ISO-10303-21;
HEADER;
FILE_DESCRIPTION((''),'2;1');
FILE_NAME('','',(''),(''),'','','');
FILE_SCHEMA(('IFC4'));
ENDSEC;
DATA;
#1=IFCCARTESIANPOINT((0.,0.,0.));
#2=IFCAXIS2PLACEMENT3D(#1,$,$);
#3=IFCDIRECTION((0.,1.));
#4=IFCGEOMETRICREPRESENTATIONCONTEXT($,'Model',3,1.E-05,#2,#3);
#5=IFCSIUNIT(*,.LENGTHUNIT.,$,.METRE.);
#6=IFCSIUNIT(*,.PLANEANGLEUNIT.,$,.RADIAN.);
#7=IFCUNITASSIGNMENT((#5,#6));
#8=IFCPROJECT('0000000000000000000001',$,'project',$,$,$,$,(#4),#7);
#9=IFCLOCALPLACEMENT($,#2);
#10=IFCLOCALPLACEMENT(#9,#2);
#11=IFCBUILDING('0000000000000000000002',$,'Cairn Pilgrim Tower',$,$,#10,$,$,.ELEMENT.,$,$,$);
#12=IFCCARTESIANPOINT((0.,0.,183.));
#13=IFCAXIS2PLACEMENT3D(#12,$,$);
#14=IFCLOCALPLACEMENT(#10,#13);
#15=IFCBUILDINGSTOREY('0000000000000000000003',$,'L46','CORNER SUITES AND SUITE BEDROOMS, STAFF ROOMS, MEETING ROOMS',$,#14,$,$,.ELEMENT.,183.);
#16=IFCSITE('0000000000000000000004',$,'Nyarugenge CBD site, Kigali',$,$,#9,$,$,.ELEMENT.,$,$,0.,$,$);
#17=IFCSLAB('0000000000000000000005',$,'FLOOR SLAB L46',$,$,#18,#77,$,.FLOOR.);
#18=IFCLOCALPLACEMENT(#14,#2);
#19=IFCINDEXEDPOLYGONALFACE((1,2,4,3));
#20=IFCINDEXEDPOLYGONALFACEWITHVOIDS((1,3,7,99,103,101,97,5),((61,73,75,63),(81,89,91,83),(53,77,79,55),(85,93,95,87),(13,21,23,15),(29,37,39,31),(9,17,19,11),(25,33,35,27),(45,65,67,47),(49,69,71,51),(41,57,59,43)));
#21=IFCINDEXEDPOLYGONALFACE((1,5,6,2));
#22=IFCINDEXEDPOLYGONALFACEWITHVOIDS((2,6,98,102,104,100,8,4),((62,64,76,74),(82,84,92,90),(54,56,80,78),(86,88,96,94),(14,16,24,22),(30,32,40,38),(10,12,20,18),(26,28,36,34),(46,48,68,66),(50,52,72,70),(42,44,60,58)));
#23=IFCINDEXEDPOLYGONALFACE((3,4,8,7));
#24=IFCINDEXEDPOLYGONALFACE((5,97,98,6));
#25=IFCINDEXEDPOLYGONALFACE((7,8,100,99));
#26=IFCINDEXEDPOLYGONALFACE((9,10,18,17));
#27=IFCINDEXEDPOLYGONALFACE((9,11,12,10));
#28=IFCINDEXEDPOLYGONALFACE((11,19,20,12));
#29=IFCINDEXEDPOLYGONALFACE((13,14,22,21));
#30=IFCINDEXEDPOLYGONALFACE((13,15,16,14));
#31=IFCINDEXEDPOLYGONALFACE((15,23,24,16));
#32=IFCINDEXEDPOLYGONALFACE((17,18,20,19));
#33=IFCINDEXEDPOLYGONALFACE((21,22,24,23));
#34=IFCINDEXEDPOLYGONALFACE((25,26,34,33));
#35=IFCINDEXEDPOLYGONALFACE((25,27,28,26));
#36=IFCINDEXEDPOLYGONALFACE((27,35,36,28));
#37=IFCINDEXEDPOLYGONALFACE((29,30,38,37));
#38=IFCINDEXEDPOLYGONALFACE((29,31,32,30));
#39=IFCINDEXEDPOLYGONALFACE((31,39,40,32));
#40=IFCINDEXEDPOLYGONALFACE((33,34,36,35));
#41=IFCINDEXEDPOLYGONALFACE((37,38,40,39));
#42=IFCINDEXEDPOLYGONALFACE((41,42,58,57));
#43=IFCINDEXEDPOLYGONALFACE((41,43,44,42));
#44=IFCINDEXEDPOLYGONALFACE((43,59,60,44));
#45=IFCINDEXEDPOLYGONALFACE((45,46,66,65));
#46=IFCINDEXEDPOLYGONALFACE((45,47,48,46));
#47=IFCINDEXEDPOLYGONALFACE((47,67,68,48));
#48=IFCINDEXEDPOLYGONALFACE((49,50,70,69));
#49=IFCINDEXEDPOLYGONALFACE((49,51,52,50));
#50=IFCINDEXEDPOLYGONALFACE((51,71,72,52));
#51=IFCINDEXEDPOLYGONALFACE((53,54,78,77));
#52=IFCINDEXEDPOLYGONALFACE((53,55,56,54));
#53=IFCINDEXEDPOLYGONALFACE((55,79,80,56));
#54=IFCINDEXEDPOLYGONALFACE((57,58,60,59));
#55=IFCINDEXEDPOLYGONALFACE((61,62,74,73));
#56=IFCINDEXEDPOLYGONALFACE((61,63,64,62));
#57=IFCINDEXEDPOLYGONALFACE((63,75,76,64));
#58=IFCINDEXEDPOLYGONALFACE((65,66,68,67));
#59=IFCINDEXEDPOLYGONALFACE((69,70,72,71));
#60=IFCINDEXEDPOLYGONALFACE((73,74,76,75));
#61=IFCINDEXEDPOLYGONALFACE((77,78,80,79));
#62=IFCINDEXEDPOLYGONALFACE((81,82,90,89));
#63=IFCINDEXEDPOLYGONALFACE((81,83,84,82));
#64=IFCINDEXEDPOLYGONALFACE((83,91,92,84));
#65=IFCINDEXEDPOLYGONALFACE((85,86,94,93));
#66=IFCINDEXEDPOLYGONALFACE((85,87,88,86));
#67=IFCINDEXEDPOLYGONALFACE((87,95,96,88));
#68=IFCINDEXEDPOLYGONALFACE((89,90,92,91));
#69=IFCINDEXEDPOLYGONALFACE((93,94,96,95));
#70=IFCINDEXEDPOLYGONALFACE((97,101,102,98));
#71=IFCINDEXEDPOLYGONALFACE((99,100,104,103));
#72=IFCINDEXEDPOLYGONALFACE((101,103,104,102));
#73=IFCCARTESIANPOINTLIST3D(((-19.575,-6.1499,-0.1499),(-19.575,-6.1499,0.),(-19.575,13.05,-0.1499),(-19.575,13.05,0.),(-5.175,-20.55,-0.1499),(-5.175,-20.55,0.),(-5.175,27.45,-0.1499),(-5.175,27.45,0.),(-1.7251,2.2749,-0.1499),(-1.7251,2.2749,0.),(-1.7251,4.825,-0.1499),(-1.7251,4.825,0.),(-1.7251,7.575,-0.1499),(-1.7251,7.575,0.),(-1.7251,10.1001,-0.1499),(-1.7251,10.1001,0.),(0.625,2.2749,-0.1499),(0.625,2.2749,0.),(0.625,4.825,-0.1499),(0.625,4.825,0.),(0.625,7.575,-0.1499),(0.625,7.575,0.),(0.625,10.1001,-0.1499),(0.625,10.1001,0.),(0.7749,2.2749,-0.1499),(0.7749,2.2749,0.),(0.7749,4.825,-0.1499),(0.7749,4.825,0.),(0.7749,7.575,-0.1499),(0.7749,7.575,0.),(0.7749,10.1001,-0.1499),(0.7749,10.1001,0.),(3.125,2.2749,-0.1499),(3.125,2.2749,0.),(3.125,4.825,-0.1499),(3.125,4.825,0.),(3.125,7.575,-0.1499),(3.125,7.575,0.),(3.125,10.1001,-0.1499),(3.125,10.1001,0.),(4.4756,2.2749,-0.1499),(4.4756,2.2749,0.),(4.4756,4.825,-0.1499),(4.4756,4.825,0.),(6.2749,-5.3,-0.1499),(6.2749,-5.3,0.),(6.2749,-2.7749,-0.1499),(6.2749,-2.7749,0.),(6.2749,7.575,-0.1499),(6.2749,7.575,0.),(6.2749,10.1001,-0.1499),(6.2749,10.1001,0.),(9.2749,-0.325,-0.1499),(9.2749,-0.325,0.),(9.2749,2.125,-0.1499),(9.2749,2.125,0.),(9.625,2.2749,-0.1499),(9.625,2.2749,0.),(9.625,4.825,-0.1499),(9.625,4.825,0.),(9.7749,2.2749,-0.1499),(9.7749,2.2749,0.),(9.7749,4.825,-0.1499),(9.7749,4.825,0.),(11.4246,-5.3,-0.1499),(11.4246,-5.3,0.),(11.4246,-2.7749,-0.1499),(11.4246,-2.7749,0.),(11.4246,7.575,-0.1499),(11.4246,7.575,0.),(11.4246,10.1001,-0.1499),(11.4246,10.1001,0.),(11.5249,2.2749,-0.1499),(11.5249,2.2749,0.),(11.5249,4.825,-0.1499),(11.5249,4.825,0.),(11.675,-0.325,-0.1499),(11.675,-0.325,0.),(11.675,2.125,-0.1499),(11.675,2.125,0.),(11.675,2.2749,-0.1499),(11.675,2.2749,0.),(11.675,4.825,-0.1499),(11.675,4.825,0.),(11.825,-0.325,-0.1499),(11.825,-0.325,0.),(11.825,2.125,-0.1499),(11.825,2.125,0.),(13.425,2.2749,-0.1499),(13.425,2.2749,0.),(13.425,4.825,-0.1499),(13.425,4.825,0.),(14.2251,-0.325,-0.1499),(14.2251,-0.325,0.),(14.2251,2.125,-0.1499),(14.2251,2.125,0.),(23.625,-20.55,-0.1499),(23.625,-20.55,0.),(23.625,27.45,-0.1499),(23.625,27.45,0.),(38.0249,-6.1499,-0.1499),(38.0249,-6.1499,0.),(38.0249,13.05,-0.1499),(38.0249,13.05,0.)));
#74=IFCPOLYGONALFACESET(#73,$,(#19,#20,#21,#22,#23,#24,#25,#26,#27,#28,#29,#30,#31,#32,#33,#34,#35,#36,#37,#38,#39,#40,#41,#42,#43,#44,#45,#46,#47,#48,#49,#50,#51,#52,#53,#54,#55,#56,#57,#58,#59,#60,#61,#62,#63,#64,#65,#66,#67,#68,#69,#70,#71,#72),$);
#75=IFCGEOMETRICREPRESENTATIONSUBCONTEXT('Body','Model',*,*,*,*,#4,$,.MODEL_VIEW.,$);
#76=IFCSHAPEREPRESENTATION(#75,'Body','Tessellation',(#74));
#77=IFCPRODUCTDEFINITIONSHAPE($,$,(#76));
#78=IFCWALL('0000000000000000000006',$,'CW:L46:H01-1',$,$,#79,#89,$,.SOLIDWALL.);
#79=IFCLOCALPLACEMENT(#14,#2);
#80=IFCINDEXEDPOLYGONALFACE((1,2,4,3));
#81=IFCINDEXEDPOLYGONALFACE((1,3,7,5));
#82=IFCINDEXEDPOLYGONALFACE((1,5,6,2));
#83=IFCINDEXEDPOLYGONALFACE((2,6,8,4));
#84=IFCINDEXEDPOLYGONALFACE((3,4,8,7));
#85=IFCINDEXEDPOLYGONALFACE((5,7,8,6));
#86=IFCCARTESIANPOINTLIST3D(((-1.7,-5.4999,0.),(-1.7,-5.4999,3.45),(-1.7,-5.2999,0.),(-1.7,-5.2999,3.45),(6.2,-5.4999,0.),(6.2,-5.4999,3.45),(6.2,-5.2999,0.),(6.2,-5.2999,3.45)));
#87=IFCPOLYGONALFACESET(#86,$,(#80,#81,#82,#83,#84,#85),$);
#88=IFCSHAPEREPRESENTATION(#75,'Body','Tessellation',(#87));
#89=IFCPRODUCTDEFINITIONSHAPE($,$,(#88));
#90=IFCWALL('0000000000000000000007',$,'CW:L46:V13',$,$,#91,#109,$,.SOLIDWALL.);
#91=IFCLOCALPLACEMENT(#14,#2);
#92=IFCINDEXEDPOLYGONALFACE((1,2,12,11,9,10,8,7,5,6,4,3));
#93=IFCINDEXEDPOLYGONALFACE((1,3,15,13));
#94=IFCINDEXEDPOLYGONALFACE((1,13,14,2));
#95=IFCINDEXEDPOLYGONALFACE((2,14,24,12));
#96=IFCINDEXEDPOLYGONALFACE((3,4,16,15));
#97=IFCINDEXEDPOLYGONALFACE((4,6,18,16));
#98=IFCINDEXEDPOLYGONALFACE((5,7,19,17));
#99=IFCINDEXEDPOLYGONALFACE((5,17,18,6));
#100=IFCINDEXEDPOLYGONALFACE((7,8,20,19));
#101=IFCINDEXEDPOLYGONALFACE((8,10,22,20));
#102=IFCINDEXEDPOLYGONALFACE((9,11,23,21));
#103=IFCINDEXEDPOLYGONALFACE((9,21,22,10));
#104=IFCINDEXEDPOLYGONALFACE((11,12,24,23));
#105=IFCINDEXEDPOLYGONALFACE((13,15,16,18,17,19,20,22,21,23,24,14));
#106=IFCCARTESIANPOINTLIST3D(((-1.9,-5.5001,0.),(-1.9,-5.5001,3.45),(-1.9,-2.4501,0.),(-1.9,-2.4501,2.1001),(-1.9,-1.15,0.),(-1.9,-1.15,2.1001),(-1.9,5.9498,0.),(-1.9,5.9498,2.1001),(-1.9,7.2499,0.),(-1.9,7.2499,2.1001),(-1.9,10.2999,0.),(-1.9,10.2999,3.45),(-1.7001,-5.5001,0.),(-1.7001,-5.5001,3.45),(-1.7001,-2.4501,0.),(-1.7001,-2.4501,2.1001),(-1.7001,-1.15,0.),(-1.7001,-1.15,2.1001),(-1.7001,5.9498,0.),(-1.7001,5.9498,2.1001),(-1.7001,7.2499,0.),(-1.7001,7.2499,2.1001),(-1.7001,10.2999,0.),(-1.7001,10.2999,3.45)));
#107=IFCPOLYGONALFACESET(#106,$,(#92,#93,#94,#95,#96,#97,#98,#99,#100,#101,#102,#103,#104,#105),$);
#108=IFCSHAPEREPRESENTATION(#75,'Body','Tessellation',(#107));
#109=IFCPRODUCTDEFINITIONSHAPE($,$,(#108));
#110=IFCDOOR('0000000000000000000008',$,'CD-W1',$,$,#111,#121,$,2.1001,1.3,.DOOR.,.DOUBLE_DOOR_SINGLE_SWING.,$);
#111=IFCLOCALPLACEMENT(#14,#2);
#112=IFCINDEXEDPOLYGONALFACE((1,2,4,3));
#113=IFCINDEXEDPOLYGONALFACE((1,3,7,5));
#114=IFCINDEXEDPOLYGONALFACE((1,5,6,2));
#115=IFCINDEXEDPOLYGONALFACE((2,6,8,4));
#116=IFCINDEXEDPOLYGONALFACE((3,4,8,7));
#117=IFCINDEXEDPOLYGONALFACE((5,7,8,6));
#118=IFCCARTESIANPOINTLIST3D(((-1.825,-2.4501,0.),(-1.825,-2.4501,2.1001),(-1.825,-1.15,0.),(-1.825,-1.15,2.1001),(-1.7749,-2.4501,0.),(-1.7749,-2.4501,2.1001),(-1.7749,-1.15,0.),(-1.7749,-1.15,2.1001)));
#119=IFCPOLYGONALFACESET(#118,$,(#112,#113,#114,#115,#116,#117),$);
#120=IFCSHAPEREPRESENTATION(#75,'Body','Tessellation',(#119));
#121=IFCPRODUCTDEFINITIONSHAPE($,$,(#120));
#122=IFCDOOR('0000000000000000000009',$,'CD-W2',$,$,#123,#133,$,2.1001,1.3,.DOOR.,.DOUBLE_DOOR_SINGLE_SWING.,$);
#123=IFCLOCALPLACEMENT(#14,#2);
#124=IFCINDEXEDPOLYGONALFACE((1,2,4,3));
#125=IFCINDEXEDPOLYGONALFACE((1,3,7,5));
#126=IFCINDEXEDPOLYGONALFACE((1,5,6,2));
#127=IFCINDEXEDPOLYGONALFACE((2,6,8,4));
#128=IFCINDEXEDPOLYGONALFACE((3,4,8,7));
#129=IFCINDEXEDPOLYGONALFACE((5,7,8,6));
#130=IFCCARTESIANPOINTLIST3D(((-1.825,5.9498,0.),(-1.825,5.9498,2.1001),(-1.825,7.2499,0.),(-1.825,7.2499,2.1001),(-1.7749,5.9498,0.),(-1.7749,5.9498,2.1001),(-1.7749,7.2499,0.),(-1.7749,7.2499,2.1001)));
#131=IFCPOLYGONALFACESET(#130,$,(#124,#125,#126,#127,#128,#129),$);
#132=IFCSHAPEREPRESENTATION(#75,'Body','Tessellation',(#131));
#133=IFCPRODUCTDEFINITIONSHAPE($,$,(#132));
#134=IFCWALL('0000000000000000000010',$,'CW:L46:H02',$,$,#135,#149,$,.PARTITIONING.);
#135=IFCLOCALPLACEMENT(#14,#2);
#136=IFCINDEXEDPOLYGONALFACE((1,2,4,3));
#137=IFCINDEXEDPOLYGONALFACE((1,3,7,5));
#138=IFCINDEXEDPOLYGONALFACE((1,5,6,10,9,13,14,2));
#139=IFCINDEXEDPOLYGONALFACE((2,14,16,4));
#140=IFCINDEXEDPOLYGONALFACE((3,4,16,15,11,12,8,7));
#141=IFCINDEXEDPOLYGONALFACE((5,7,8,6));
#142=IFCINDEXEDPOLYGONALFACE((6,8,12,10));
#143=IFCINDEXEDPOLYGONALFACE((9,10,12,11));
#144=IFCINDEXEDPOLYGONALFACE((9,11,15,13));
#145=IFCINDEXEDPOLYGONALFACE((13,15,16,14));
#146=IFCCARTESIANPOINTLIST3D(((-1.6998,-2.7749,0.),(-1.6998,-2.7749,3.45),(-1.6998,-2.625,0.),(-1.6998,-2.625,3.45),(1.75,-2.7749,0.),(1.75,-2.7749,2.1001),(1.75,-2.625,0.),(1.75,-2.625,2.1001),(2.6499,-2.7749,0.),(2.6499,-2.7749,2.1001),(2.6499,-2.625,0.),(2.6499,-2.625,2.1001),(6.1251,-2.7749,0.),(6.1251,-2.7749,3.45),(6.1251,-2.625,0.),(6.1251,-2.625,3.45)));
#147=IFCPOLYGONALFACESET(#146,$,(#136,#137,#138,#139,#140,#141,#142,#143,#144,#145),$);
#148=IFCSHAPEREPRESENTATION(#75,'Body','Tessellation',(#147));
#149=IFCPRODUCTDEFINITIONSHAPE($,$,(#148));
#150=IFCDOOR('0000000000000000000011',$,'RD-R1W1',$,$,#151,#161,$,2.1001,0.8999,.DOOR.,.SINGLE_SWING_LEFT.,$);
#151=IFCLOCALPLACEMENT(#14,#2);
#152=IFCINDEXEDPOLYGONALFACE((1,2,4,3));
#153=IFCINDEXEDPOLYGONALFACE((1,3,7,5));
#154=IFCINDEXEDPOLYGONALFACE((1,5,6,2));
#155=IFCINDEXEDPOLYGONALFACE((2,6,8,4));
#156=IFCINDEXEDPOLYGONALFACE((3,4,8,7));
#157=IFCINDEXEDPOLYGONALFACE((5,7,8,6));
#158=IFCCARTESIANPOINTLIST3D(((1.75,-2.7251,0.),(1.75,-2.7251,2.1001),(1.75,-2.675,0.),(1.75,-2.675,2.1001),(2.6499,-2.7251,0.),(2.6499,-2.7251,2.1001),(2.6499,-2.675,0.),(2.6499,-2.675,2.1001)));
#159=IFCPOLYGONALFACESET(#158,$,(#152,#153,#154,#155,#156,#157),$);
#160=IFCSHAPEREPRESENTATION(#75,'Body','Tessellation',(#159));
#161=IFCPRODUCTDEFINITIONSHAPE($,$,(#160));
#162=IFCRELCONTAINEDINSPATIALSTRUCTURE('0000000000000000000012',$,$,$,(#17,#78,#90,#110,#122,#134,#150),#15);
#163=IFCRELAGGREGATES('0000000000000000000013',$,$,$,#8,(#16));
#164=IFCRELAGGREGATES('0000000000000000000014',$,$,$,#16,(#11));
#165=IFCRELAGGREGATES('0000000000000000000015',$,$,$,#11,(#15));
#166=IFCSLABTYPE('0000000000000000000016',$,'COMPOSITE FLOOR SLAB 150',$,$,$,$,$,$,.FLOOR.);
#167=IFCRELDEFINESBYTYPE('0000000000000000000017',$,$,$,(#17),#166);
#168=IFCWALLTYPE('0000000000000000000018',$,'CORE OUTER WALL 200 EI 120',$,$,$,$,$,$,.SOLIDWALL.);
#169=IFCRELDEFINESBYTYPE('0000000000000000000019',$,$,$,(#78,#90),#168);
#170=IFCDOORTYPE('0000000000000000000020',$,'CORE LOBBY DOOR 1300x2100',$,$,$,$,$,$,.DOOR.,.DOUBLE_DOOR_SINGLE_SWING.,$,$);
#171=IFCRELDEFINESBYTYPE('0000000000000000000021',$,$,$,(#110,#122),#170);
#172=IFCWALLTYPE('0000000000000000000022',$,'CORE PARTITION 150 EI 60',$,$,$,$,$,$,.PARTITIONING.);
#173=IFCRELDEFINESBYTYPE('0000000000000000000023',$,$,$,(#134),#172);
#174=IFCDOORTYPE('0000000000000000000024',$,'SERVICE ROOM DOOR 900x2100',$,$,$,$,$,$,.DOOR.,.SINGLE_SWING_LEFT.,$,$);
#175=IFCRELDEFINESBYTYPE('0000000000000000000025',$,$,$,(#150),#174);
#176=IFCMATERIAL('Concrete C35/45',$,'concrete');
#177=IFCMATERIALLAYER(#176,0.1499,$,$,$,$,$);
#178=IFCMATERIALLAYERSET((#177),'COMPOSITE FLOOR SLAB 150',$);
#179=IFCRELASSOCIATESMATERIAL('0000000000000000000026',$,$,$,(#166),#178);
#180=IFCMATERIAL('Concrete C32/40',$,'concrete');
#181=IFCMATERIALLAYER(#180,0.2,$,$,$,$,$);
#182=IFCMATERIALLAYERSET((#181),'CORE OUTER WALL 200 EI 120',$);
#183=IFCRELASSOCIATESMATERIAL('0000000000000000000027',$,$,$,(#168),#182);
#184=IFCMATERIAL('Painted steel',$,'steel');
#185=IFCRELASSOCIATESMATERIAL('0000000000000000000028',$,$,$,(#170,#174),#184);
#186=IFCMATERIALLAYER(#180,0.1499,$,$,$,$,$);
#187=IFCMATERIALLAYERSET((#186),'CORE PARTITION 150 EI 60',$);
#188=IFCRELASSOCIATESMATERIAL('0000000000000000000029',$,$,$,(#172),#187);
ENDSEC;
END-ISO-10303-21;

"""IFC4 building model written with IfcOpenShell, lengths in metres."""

from ifc_helpers import new_model, si_unit, direction, frame, frame_2d, origin, place, context, subcontext, project, spatial, polyline, rectangle, outline, extrude, material, layer, layer_set, type_object, element, fill, save


model = new_model("IFC4")

# Units and contexts
model_context = context("Model", 3, precision=1e-05, world=origin(), true_north=direction((0.0, 1.0)))
body_context = subcontext(model_context, "Body", "Model", "MODEL_VIEW")
ifc_project = project(units=[si_unit("LENGTHUNIT", "METRE"), si_unit("PLANEANGLEUNIT", "RADIAN")], contexts=[model_context])

# Site, building, storey
site_placement = place(None, origin())
site = spatial("IfcSite", under=ifc_project, at=site_placement, Name="Nyarugenge CBD site, Kigali", CompositionType="ELEMENT", RefElevation=0.0)
building_placement = place(site_placement, origin())
building = spatial("IfcBuilding", under=site, at=building_placement, Name="Cairn Pilgrim Tower", CompositionType="ELEMENT")
storey_placement = place(building_placement, frame((0.0, 0.0, 183.0)))
storey = spatial("IfcBuildingStorey", under=building, at=storey_placement, Name="L46", Description="CORNER SUITES AND SUITE BEDROOMS, STAFF ROOMS, MEETING ROOMS", CompositionType="ELEMENT", Elevation=183.0)

# Slab
ifc_material_1 = material(Name="Concrete C35/45", Category="concrete")
ifc_layer_1 = layer(ifc_material_1, 0.1499)
ifc_layer_set_1 = layer_set([ifc_layer_1], Name="COMPOSITE FLOOR SLAB 150")
slab_type_1 = type_object("IfcSlabType", Name="COMPOSITE FLOOR SLAB 150", PredefinedType="FLOOR", material=ifc_layer_set_1)
slab_1_placement = place(storey_placement, frame((0.0, 0.0, -0.1499)))
element("IfcSlab", 1, at=slab_1_placement, inside=storey, type_object=slab_type_1, Name="FLOOR SLAB L46", PredefinedType="FLOOR", context=body_context, shape_type="SweptSolid", body=[
    extrude(outline(polyline([(-5.175, -20.55), (23.625, -20.55), (38.0249, -6.1499), (38.0249, 13.05), (23.625, 27.45), (-5.175, 27.45), (-19.575, 13.05), (-19.575, -6.1499), (-5.175, -20.55)]), holes=[polyline([(9.2749, -0.325), (11.675, -0.325), (11.675, 2.125), (9.2749, 2.125), (9.2749, -0.325)]), polyline([(11.825, -0.325), (14.2251, -0.325), (14.2251, 2.125), (11.825, 2.125), (11.825, -0.325)]), polyline([(-1.7251, 2.2749), (0.625, 2.2749), (0.625, 4.825), (-1.7251, 4.825), (-1.7251, 2.2749)]), polyline([(0.7749, 2.2749), (3.125, 2.2749), (3.125, 4.825), (0.7749, 4.825), (0.7749, 2.2749)]), polyline([(-1.7251, 7.575), (0.625, 7.575), (0.625, 10.1001), (-1.7251, 10.1001), (-1.7251, 7.575)]), polyline([(0.7749, 7.575), (3.125, 7.575), (3.125, 10.1001), (0.7749, 10.1001), (0.7749, 7.575)]), polyline([(9.7749, 2.2749), (11.5249, 2.2749), (11.5249, 4.825), (9.7749, 4.825), (9.7749, 2.2749)]), polyline([(11.675, 2.2749), (13.425, 2.2749), (13.425, 4.825), (11.675, 4.825), (11.675, 2.2749)]), polyline([(11.4246, -2.7749), (6.2749, -2.7749), (6.2749, -5.3), (11.4246, -5.3), (11.4246, -2.7749)]), polyline([(4.4756, 2.2749), (9.625, 2.2749), (9.625, 4.825), (4.4756, 4.825), (4.4756, 2.2749)]), polyline([(11.4246, 10.1001), (6.2749, 10.1001), (6.2749, 7.575), (11.4246, 7.575), (11.4246, 10.1001)])]), origin(), (0.0, 0.0, 1.0), 0.1499),
])

# Wall
ifc_material_2 = material(Name="Concrete C32/40", Category="concrete")
ifc_layer_2 = layer(ifc_material_2, 0.2)
ifc_layer_set_2 = layer_set([ifc_layer_2], Name="CORE OUTER WALL 200 EI 120")
wall_type_1 = type_object("IfcWallType", Name="CORE OUTER WALL 200 EI 120", PredefinedType="SOLIDWALL", material=ifc_layer_set_2)
wall_1_placement = place(storey_placement, frame((-1.7, -5.3999, 0.0), z_axis=(0.0, 0.0, 1.0), x_axis=(1.0, 0.0, 0.0)))
element("IfcWall", 2, at=wall_1_placement, inside=storey, type_object=wall_type_1, Name="CW:L46:H01-1", PredefinedType="SOLIDWALL", context=body_context, shape_type="SweptSolid", body=[
    extrude(rectangle(XDim=7.8999, YDim=0.2, at=frame_2d((3.95, 0.0))), origin(), (0.0, 0.0, 1.0), 3.45),
])

# Wall, openings, doors
wall_2_placement = place(storey_placement, frame((-1.8, -5.5, 0.0), z_axis=(0.0, 0.0, 1.0), x_axis=(0.0, 1.0, 0.0)))
wall_2 = element("IfcWall", 3, at=wall_2_placement, inside=storey, type_object=wall_type_1, Name="CW:L46:V13", PredefinedType="SOLIDWALL", context=body_context, shape_type="SweptSolid", body=[
    extrude(rectangle(XDim=15.8, YDim=0.2, at=frame_2d((7.8999, 0.0))), origin(), (0.0, 0.0, 1.0), 3.45),
])
opening_1_placement = place(wall_2_placement, frame((3.05, 0.0, 0.0)))
opening_1 = element("IfcOpeningElement", 4, at=opening_1_placement, cuts=wall_2, PredefinedType="OPENING", context=body_context, shape_type="SweptSolid", body=[
    extrude(rectangle(XDim=1.3, YDim=2.1001, at=frame_2d((0.6499, 1.05))), frame((0.0, 0.1099, 0.0), z_axis=(0.0, -1.0, 0.0), x_axis=(1.0, 0.0, 0.0)), (0.0, 0.0, 1.0), 0.22),
])
opening_2_placement = place(wall_2_placement, frame((11.45, 0.0, 0.0)))
opening_2 = element("IfcOpeningElement", 5, at=opening_2_placement, cuts=wall_2, PredefinedType="OPENING", context=body_context, shape_type="SweptSolid", body=[
    extrude(rectangle(XDim=1.3, YDim=2.1001, at=frame_2d((0.6499, 1.05))), frame((0.0, 0.1099, 0.0), z_axis=(0.0, -1.0, 0.0), x_axis=(1.0, 0.0, 0.0)), (0.0, 0.0, 1.0), 0.22),
])
ifc_material_3 = material(Name="Painted steel", Category="steel")
door_type_1 = type_object("IfcDoorType", Name="CORE LOBBY DOOR 1300x2100", OperationType="DOUBLE_DOOR_SINGLE_SWING", PredefinedType="DOOR", material=ifc_material_3)
door_1_placement = place(opening_1_placement, origin())
door_1 = element("IfcDoor", 6, at=door_1_placement, inside=storey, type_object=door_type_1, Name="CD-W1", OperationType="DOUBLE_DOOR_SINGLE_SWING", OverallHeight=2.1001, OverallWidth=1.3, PredefinedType="DOOR", context=body_context, shape_type="SweptSolid", body=[
    extrude(rectangle(XDim=1.3, YDim=2.1001, at=frame_2d((0.6499, 1.05))), frame((0.0, 0.0249, 0.0), z_axis=(0.0, -1.0, 0.0), x_axis=(1.0, 0.0, 0.0)), (0.0, 0.0, 1.0), 0.05),
])
fill(opening_1, door_1)
door_2_placement = place(opening_2_placement, origin())
door_2 = element("IfcDoor", 7, at=door_2_placement, inside=storey, type_object=door_type_1, Name="CD-W2", OperationType="DOUBLE_DOOR_SINGLE_SWING", OverallHeight=2.1001, OverallWidth=1.3, PredefinedType="DOOR", context=body_context, shape_type="SweptSolid", body=[
    extrude(rectangle(XDim=1.3, YDim=2.1001, at=frame_2d((0.6499, 1.05))), frame((0.0, 0.0249, 0.0), z_axis=(0.0, -1.0, 0.0), x_axis=(1.0, 0.0, 0.0)), (0.0, 0.0, 1.0), 0.05),
])
fill(opening_2, door_2)

# Wall, opening, door
ifc_layer_3 = layer(ifc_material_2, 0.1499)
ifc_layer_set_3 = layer_set([ifc_layer_3], Name="CORE PARTITION 150 EI 60")
wall_type_2 = type_object("IfcWallType", Name="CORE PARTITION 150 EI 60", PredefinedType="PARTITIONING", material=ifc_layer_set_3)
wall_3_placement = place(storey_placement, frame((-1.7, -2.7, 0.0), z_axis=(0.0, 0.0, 1.0), x_axis=(1.0, 0.0, 0.0)))
wall_3 = element("IfcWall", 8, at=wall_3_placement, inside=storey, type_object=wall_type_2, Name="CW:L46:H02", PredefinedType="PARTITIONING", context=body_context, shape_type="SweptSolid", body=[
    extrude(rectangle(XDim=7.825, YDim=0.1499, at=frame_2d((3.9126, 0.0))), origin(), (0.0, 0.0, 1.0), 3.45),
])
opening_3_placement = place(wall_3_placement, frame((3.45, 0.0, 0.0)))
opening_3 = element("IfcOpeningElement", 9, at=opening_3_placement, cuts=wall_3, PredefinedType="OPENING", context=body_context, shape_type="SweptSolid", body=[
    extrude(rectangle(XDim=0.8999, YDim=2.1001, at=frame_2d((0.45, 1.05))), frame((0.0, 0.085, 0.0), z_axis=(0.0, -1.0, 0.0), x_axis=(1.0, 0.0, 0.0)), (0.0, 0.0, 1.0), 0.1699),
])
door_type_2 = type_object("IfcDoorType", Name="SERVICE ROOM DOOR 900x2100", OperationType="SINGLE_SWING_LEFT", PredefinedType="DOOR", material=ifc_material_3)
door_3_placement = place(opening_3_placement, origin())
door_3 = element("IfcDoor", 10, at=door_3_placement, inside=storey, type_object=door_type_2, Name="RD-R1W1", OperationType="SINGLE_SWING_LEFT", OverallHeight=2.1001, OverallWidth=0.8999, PredefinedType="DOOR", context=body_context, shape_type="SweptSolid", body=[
    extrude(rectangle(XDim=0.8999, YDim=2.1001, at=frame_2d((0.45, 1.05))), frame((0.0, 0.0249, 0.0), z_axis=(0.0, -1.0, 0.0), x_axis=(1.0, 0.0, 0.0)), (0.0, 0.0, 1.0), 0.05),
])
fill(opening_3, door_3)

save(model, "model.ifc")
